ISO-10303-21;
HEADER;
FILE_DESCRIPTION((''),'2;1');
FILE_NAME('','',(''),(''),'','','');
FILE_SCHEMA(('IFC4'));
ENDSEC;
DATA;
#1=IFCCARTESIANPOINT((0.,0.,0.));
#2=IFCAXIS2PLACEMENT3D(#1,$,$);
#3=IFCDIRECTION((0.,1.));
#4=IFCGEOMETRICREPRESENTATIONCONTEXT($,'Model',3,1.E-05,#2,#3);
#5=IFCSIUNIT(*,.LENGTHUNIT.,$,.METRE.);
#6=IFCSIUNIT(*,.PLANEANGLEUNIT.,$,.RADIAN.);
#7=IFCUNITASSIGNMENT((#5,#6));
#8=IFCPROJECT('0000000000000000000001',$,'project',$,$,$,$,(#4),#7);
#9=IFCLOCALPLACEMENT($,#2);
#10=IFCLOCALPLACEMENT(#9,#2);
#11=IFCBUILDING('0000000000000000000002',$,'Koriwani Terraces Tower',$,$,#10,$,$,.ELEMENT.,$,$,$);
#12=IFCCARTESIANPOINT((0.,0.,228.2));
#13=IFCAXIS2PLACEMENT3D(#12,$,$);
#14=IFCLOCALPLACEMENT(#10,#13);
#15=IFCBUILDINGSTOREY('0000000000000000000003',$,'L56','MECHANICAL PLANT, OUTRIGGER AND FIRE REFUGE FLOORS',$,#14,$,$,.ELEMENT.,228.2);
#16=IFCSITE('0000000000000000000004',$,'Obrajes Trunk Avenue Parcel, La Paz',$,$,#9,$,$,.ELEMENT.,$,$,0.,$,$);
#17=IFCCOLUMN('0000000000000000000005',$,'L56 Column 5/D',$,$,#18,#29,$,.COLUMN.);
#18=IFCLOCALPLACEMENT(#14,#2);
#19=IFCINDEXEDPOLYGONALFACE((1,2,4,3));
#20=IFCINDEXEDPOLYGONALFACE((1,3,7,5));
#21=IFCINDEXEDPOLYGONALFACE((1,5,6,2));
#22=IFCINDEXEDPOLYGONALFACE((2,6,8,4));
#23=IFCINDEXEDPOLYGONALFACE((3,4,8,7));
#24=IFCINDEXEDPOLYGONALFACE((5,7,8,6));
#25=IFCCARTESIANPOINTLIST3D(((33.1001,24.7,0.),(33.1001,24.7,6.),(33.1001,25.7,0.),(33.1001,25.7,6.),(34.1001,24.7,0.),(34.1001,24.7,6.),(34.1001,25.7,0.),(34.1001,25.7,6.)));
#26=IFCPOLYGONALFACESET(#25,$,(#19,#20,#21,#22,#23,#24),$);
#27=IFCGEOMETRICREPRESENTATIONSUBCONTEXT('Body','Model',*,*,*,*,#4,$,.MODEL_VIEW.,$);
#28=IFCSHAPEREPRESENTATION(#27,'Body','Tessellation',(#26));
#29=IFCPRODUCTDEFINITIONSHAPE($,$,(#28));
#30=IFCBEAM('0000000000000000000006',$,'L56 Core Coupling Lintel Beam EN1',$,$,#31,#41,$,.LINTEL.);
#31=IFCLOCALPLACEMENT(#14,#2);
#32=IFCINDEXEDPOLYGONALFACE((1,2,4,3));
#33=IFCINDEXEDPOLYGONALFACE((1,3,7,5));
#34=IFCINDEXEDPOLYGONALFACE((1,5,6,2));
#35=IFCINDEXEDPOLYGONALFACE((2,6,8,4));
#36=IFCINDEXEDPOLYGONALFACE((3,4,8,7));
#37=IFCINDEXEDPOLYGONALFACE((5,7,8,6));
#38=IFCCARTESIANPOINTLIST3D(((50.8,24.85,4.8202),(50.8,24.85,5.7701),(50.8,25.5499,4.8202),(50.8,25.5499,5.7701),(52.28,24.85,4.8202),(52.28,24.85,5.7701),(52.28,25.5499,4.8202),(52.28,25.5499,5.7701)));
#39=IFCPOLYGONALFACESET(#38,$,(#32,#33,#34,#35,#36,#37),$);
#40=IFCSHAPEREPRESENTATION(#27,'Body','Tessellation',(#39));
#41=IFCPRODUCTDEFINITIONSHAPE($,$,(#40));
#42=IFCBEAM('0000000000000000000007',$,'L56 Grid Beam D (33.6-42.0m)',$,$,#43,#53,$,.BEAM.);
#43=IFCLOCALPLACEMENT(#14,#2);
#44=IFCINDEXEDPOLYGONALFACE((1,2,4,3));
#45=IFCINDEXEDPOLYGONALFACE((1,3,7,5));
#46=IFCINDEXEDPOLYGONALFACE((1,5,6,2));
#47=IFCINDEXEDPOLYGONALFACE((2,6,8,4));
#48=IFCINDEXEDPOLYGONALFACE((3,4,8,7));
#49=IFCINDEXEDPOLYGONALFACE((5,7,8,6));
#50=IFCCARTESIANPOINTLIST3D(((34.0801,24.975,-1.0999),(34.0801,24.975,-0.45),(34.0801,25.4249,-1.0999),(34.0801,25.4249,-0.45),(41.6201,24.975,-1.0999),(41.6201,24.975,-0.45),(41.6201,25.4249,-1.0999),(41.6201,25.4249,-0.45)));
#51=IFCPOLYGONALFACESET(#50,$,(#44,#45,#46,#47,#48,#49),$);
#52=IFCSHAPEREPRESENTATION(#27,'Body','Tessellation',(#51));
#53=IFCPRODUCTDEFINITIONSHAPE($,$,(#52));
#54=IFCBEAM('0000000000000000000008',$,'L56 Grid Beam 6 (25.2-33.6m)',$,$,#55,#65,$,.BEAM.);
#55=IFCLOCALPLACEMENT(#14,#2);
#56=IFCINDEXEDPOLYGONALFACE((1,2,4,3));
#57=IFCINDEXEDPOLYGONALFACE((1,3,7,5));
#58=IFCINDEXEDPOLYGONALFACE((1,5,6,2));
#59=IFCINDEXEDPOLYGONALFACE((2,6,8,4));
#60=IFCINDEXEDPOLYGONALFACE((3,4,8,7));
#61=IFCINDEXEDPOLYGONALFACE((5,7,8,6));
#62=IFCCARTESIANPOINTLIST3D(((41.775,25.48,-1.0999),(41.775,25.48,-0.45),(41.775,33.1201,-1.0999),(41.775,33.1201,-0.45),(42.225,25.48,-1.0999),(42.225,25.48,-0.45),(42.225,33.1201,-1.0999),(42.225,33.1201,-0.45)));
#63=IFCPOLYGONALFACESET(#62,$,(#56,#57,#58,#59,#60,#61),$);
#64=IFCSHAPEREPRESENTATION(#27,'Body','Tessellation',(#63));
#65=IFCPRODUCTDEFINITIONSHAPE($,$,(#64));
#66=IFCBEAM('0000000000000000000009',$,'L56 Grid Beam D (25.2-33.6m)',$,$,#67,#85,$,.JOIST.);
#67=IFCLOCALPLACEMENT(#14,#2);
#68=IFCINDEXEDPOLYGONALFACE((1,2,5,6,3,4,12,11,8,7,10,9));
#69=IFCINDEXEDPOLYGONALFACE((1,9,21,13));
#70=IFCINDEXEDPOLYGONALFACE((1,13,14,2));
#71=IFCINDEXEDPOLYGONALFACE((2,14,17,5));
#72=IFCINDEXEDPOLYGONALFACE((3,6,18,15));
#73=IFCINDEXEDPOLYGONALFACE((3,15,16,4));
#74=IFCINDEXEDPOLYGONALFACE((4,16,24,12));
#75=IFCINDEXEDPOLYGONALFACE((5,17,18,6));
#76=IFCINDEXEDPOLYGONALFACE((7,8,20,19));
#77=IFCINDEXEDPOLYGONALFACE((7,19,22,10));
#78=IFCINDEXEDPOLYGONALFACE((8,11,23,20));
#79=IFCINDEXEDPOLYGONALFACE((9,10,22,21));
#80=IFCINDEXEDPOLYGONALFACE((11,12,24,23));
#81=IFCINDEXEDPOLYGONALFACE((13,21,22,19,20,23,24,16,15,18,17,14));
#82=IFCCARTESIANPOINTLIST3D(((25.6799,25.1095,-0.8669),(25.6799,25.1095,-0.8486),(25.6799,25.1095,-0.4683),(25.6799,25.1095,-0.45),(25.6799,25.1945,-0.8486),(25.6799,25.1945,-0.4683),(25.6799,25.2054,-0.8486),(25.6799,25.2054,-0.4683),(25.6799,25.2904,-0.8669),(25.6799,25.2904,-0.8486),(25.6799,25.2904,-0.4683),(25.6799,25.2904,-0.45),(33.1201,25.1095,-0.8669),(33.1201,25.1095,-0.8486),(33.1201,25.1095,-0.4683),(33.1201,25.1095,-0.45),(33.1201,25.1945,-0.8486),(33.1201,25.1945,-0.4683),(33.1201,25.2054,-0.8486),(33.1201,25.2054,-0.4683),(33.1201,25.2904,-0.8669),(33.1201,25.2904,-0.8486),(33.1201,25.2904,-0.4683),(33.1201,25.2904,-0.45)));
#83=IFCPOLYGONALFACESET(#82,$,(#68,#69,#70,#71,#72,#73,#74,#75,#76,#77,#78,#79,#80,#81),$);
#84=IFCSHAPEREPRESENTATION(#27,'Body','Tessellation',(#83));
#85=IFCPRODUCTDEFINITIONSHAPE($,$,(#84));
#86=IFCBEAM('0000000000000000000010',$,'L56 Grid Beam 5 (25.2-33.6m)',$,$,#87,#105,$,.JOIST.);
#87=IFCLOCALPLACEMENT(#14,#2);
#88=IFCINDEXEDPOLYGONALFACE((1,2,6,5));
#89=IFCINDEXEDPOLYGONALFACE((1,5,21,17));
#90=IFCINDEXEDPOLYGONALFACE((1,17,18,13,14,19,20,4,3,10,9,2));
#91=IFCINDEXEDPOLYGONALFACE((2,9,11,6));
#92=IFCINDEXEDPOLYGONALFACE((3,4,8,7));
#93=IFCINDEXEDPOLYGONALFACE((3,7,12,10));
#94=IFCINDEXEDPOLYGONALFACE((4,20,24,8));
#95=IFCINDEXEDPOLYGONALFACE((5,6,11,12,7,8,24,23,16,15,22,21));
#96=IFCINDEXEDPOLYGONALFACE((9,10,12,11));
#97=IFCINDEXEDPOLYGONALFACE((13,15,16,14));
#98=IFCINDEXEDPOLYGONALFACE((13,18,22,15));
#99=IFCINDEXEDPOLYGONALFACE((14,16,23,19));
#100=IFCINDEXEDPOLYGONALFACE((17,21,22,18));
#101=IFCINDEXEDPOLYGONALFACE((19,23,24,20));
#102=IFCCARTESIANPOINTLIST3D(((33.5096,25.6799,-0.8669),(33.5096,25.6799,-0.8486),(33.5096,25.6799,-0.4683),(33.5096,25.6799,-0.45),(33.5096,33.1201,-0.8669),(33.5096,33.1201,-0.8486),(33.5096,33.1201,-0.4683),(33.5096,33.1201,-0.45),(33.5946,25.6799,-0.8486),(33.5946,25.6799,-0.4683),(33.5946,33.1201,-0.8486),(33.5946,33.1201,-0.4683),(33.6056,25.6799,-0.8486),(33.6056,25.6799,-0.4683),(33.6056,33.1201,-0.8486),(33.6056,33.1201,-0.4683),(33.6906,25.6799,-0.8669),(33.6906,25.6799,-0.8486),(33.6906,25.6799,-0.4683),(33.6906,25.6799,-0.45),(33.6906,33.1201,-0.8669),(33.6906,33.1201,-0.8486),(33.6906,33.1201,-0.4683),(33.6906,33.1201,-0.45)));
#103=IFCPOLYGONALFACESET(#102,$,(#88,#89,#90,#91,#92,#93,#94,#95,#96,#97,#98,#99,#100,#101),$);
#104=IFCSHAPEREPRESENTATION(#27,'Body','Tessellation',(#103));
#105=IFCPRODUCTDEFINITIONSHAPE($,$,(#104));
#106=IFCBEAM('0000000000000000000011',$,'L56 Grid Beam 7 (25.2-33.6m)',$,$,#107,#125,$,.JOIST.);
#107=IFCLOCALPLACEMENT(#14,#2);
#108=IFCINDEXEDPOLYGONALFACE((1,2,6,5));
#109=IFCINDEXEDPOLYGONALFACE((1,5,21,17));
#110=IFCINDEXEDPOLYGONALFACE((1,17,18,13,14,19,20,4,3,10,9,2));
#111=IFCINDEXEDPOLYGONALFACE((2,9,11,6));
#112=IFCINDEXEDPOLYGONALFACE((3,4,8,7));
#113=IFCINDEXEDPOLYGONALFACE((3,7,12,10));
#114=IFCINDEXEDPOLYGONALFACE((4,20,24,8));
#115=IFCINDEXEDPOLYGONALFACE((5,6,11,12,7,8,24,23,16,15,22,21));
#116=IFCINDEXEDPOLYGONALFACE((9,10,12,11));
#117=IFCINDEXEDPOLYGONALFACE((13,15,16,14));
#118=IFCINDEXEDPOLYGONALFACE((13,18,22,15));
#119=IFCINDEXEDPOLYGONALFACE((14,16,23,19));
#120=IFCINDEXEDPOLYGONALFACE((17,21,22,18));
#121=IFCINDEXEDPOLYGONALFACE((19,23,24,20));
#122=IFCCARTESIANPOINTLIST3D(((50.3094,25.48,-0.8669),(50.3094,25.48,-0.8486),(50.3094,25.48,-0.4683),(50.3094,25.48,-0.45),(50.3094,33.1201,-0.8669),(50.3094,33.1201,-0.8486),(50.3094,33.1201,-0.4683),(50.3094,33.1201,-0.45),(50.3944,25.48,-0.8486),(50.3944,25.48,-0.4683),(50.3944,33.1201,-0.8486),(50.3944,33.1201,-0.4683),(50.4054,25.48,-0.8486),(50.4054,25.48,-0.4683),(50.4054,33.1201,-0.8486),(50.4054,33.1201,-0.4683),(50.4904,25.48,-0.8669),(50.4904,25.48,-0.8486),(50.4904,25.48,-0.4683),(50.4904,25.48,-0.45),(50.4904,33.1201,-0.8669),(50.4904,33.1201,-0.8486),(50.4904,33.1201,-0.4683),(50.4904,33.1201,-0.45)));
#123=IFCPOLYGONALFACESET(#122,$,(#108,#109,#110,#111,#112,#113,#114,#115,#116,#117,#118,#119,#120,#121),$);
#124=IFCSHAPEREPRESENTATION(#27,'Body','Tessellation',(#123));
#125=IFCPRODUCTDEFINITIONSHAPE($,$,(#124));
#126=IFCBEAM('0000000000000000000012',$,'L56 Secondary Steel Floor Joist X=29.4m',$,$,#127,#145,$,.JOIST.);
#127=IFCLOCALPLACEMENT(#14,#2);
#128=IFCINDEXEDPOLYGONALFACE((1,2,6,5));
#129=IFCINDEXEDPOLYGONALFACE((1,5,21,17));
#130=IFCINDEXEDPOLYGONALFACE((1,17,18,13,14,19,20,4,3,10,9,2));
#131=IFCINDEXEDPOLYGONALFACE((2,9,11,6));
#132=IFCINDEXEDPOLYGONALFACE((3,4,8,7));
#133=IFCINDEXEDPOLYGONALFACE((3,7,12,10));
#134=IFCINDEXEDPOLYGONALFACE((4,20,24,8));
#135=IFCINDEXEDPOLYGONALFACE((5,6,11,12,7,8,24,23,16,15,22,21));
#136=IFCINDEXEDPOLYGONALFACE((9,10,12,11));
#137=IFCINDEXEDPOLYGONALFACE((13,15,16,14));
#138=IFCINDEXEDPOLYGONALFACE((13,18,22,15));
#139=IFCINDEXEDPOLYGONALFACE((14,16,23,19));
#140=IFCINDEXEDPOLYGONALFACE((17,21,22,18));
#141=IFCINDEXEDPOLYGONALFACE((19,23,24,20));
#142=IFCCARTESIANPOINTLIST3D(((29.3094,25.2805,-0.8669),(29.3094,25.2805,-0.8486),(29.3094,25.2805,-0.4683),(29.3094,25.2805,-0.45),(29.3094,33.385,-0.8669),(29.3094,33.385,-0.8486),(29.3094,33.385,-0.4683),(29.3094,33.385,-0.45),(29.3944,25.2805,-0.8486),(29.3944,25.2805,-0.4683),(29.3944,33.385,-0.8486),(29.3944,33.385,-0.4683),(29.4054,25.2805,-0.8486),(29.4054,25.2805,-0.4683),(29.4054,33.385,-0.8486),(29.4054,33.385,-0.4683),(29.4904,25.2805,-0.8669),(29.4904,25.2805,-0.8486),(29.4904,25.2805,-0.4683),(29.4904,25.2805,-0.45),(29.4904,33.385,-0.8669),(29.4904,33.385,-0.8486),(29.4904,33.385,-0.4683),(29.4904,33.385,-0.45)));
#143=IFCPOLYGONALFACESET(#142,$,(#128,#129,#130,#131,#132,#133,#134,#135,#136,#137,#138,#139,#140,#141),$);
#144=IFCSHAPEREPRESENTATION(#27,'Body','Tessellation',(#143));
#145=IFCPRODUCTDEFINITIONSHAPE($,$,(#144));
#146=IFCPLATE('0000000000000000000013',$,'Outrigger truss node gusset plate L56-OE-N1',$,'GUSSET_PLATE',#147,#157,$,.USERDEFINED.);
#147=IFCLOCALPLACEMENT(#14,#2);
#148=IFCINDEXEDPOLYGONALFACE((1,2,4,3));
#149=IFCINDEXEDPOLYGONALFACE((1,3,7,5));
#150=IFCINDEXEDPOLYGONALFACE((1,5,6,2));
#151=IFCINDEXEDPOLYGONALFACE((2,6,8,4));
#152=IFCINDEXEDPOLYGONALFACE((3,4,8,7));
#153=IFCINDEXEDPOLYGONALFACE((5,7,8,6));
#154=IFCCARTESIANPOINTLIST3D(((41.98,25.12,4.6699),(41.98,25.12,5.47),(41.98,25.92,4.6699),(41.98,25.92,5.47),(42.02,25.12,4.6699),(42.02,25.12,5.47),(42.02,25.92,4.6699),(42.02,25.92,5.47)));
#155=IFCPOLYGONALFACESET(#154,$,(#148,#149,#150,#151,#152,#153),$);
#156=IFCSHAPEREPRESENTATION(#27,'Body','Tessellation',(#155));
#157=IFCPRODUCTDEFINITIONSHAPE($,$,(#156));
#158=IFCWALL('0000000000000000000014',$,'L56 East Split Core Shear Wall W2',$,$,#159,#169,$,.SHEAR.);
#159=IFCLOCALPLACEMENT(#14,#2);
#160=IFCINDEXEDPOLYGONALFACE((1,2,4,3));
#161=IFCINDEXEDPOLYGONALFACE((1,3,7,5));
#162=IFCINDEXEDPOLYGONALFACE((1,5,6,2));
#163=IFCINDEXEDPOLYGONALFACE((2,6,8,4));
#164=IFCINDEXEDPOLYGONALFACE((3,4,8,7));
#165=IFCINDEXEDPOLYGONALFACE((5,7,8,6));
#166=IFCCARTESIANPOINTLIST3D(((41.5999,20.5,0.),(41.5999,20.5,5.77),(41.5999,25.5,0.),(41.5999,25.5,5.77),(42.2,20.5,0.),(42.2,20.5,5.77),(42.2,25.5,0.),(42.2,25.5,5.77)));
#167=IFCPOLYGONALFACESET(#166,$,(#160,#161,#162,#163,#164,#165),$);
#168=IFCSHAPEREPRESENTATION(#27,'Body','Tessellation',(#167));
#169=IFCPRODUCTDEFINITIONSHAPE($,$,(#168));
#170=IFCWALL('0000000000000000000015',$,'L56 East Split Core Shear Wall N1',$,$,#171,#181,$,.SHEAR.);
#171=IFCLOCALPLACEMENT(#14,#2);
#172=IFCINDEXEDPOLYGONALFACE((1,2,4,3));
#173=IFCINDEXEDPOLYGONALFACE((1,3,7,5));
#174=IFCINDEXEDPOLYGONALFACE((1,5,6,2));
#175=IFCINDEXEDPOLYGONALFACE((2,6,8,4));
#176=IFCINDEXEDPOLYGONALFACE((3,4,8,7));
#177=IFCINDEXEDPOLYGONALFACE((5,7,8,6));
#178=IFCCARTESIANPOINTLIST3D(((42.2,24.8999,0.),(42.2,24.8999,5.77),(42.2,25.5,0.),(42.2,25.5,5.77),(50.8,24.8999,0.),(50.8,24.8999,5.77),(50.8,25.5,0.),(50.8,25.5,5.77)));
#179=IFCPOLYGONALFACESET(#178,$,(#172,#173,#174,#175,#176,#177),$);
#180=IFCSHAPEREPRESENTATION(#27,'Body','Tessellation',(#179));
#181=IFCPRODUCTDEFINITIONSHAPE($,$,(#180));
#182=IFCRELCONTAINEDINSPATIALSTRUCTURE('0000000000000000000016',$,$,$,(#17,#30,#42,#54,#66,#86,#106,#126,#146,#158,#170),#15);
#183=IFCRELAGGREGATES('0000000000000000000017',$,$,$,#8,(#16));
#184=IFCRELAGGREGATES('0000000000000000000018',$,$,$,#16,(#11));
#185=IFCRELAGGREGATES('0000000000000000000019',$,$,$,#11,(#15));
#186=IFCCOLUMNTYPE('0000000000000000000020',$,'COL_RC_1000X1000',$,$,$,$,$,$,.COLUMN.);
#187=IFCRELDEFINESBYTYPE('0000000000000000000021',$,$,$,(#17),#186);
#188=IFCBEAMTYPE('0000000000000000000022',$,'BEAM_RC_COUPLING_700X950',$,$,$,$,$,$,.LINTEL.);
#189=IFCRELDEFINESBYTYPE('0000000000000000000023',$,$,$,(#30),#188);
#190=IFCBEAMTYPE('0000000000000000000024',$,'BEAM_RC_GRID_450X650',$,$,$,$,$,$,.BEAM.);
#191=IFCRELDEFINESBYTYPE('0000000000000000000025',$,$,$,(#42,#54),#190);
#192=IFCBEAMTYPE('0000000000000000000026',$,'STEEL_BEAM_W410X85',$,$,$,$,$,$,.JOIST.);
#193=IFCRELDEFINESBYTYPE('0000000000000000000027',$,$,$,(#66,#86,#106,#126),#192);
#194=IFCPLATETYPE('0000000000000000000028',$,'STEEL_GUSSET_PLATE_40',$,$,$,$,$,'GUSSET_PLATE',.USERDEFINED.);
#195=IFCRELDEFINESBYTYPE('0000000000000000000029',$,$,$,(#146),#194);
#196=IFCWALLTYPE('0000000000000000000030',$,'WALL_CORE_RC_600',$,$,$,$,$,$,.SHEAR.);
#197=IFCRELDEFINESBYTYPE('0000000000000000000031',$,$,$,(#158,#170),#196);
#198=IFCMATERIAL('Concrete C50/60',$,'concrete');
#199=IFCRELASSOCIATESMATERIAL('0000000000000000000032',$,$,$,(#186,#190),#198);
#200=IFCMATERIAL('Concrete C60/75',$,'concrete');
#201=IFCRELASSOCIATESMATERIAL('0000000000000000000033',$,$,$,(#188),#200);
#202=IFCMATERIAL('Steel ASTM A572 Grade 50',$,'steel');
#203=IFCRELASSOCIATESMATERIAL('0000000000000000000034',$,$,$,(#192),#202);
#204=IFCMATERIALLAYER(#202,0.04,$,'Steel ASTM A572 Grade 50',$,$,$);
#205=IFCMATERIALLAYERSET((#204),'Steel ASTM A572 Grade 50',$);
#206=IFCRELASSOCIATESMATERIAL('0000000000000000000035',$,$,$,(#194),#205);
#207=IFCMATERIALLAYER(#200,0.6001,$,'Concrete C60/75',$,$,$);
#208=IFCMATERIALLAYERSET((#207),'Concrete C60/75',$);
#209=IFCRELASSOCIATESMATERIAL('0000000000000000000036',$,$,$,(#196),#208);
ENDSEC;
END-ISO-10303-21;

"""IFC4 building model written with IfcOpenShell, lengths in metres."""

from ifc_helpers import new_model, si_unit, direction, frame, frame_2d, origin, origin_2d, place, context, subcontext, project, spatial, rectangle, i_section, extrude, material, layer, layer_set, material_profile, profile_set, type_object, element, save


model = new_model("IFC4")

# Units and contexts
model_context = context("Model", 3, precision=1e-05, world=origin(), true_north=direction((0.0, 1.0)))
body_context = subcontext(model_context, "Body", "Model", "MODEL_VIEW")
ifc_project = project(units=[si_unit("LENGTHUNIT", "METRE"), si_unit("PLANEANGLEUNIT", "RADIAN")], contexts=[model_context])

# Site, building, storey
site_placement = place(None, origin())
site = spatial("IfcSite", under=ifc_project, at=site_placement, Name="Obrajes Trunk Avenue Parcel, La Paz", CompositionType="ELEMENT", RefElevation=0.0)
building_placement = place(site_placement, origin())
building = spatial("IfcBuilding", under=site, at=building_placement, Name="Koriwani Terraces Tower", CompositionType="ELEMENT")
storey_placement = place(building_placement, frame((0.0, 0.0, 228.2)))
storey = spatial("IfcBuildingStorey", under=building, at=storey_placement, Name="L56", Description="MECHANICAL PLANT, OUTRIGGER AND FIRE REFUGE FLOORS", CompositionType="ELEMENT", Elevation=228.2)

# Column
ifc_material_1 = material(Name="Concrete C50/60", Category="concrete")
ifc_material_profile_1 = material_profile(ifc_material_1, rectangle(XDim=1.0, YDim=1.0, at=origin_2d()), Name="Concrete C50/60", Category="LoadBearing")
ifc_profile_set_1 = profile_set([ifc_material_profile_1], Name="Concrete C50/60")
column_type = type_object("IfcColumnType", Name="COL_RC_1000X1000", PredefinedType="COLUMN", material=ifc_profile_set_1)
column_placement = place(storey_placement, frame((33.6001, 25.2, 0.0), z_axis=(0.0, 0.0, 1.0), x_axis=(1.0, 0.0, 0.0)))
element("IfcColumn", 1, at=column_placement, inside=storey, type_object=column_type, Name="L56 Column 5/D", PredefinedType="COLUMN", context=body_context, shape_type="SweptSolid", body=[
    extrude(rectangle(XDim=1.0, YDim=1.0, at=origin_2d()), origin(), (0.0, 0.0, 1.0), 6.0),
])

# Beams
ifc_material_2 = material(Name="Concrete C60/75", Category="concrete")
ifc_material_profile_2 = material_profile(ifc_material_2, rectangle(XDim=0.7, YDim=0.95, at=origin_2d()), Name="Concrete C60/75", Category="LoadBearing")
ifc_profile_set_2 = profile_set([ifc_material_profile_2], Name="Concrete C60/75")
beam_type_1 = type_object("IfcBeamType", Name="BEAM_RC_COUPLING_700X950", PredefinedType="LINTEL", material=ifc_profile_set_2)
beam_1_placement = place(storey_placement, frame((50.8, 25.2, 5.2952), z_axis=(1.0, 0.0, 0.0), x_axis=(0.0, 1.0, 0.0)))
element("IfcBeam", 2, at=beam_1_placement, inside=storey, type_object=beam_type_1, Name="L56 Core Coupling Lintel Beam EN1", PredefinedType="LINTEL", context=body_context, shape_type="SweptSolid", body=[
    extrude(rectangle(XDim=0.7, YDim=0.95, at=origin_2d()), origin(), (0.0, 0.0, 1.0), 1.48),
])
ifc_material_profile_3 = material_profile(ifc_material_1, rectangle(XDim=0.45, YDim=0.6499, at=origin_2d()), Name="Concrete C50/60", Category="LoadBearing")
ifc_profile_set_3 = profile_set([ifc_material_profile_3], Name="Concrete C50/60")
beam_type_2 = type_object("IfcBeamType", Name="BEAM_RC_GRID_450X650", PredefinedType="BEAM", material=ifc_profile_set_3)
beam_2_placement = place(storey_placement, frame((34.0801, 25.2, -0.7749), z_axis=(1.0, 0.0, 0.0), x_axis=(0.0, 1.0, 0.0)))
element("IfcBeam", 3, at=beam_2_placement, inside=storey, type_object=beam_type_2, Name="L56 Grid Beam D (33.6-42.0m)", PredefinedType="BEAM", context=body_context, shape_type="SweptSolid", body=[
    extrude(rectangle(XDim=0.45, YDim=0.6499, at=origin_2d()), origin(), (0.0, 0.0, 1.0), 7.54),
])
beam_3_placement = place(storey_placement, frame((42.0, 25.48, -0.7749), z_axis=(0.0, 1.0, 0.0), x_axis=(-1.0, 0.0, 0.0)))
element("IfcBeam", 4, at=beam_3_placement, inside=storey, type_object=beam_type_2, Name="L56 Grid Beam 6 (25.2-33.6m)", PredefinedType="BEAM", context=body_context, shape_type="SweptSolid", body=[
    extrude(rectangle(XDim=0.45, YDim=0.6499, at=origin_2d()), origin(), (0.0, 0.0, 1.0), 7.6401),
])
ifc_material_3 = material(Name="Steel ASTM A572 Grade 50", Category="steel")
ifc_material_profile_4 = material_profile(ifc_material_3, i_section(OverallWidth=0.1809, OverallDepth=0.417, WebThickness=0.011, FlangeThickness=0.0183, at=origin_2d()), Name="Steel ASTM A572 Grade 50", Category="LoadBearing")
ifc_profile_set_4 = profile_set([ifc_material_profile_4], Name="Steel ASTM A572 Grade 50")
beam_type_3 = type_object("IfcBeamType", Name="STEEL_BEAM_W410X85", PredefinedType="JOIST", material=ifc_profile_set_4)
for number, where, z_axis, x_axis, name in (
    (5, (25.6799, 25.2, -0.6584), (1.0, 0.0, 0.0), (0.0, 1.0, 0.0), "L56 Grid Beam D (25.2-33.6m)"),
    (6, (33.6001, 25.6799, -0.6584), (0.0, 1.0, 0.0), (-1.0, 0.0, 0.0), "L56 Grid Beam 5 (25.2-33.6m)"),
):
    element("IfcBeam", number, at=place(storey_placement, frame(where, z_axis=z_axis, x_axis=x_axis)), inside=storey, type_object=beam_type_3, Name=name, PredefinedType="JOIST", context=body_context, shape_type="SweptSolid", body=[
        extrude(i_section(OverallWidth=0.1809, OverallDepth=0.417, WebThickness=0.011, FlangeThickness=0.0183, at=origin_2d()), origin(), (0.0, 0.0, 1.0), 7.4402),
    ])
beam_4_placement = place(storey_placement, frame((50.3999, 25.48, -0.6584), z_axis=(0.0, 1.0, 0.0), x_axis=(-1.0, 0.0, 0.0)))
element("IfcBeam", 7, at=beam_4_placement, inside=storey, type_object=beam_type_3, Name="L56 Grid Beam 7 (25.2-33.6m)", PredefinedType="JOIST", context=body_context, shape_type="SweptSolid", body=[
    extrude(i_section(OverallWidth=0.1809, OverallDepth=0.417, WebThickness=0.011, FlangeThickness=0.0183, at=origin_2d()), origin(), (0.0, 0.0, 1.0), 7.6401),
])
beam_5_placement = place(storey_placement, frame((29.3999, 25.2805, -0.6584), z_axis=(0.0, 1.0, 0.0), x_axis=(-1.0, 0.0, 0.0)))
element("IfcBeam", 8, at=beam_5_placement, inside=storey, type_object=beam_type_3, Name="L56 Secondary Steel Floor Joist X=29.4m", PredefinedType="JOIST", context=body_context, shape_type="SweptSolid", body=[
    extrude(i_section(OverallWidth=0.1809, OverallDepth=0.417, WebThickness=0.011, FlangeThickness=0.0183, at=origin_2d()), origin(), (0.0, 0.0, 1.0), 8.1045),
])

# Plate
ifc_layer_1 = layer(ifc_material_3, 0.04, Name="Steel ASTM A572 Grade 50")
ifc_layer_set_1 = layer_set([ifc_layer_1], Name="Steel ASTM A572 Grade 50")
plate_type = type_object("IfcPlateType", Name="STEEL_GUSSET_PLATE_40", ElementType="GUSSET_PLATE", PredefinedType="USERDEFINED", material=ifc_layer_set_1)
plate_placement = place(storey_placement, frame((42.0, 25.52, 4.6699), z_axis=(0.0, 0.0, 1.0), x_axis=(0.0, -1.0, 0.0)))
element("IfcPlate", 9, at=plate_placement, inside=storey, type_object=plate_type, Name="Outrigger truss node gusset plate L56-OE-N1", ObjectType="GUSSET_PLATE", PredefinedType="USERDEFINED", context=body_context, shape_type="SweptSolid", body=[
    extrude(rectangle(XDim=0.8, YDim=0.04, at=origin_2d()), origin(), (0.0, 0.0, 1.0), 0.8),
])

# Walls
ifc_layer_2 = layer(ifc_material_2, 0.6001, Name="Concrete C60/75")
ifc_layer_set_2 = layer_set([ifc_layer_2], Name="Concrete C60/75")
wall_type_1 = type_object("IfcWallType", Name="WALL_CORE_RC_600", PredefinedType="SHEAR", material=ifc_layer_set_2)
wall_1_placement = place(storey_placement, frame((41.8999, 20.5, 0.0), z_axis=(0.0, 0.0, 1.0), x_axis=(0.0, 1.0, 0.0)))
element("IfcWall", 10, at=wall_1_placement, inside=storey, type_object=wall_type_1, Name="L56 East Split Core Shear Wall W2", PredefinedType="SHEAR", context=body_context, shape_type="SweptSolid", body=[
    extrude(rectangle(XDim=5.0, YDim=0.6001, at=frame_2d((2.5, 0.0))), origin(), (0.0, 0.0, 1.0), 5.77),
])
wall_2_placement = place(storey_placement, frame((42.2, 25.2, 0.0), z_axis=(0.0, 0.0, 1.0), x_axis=(1.0, 0.0, 0.0)))
element("IfcWall", 11, at=wall_2_placement, inside=storey, type_object=wall_type_1, Name="L56 East Split Core Shear Wall N1", PredefinedType="SHEAR", context=body_context, shape_type="SweptSolid", body=[
    extrude(rectangle(XDim=8.6001, YDim=0.6001, at=frame_2d((4.3, 0.0))), origin(), (0.0, 0.0, 1.0), 5.77),
])

save(model, "model.ifc")
